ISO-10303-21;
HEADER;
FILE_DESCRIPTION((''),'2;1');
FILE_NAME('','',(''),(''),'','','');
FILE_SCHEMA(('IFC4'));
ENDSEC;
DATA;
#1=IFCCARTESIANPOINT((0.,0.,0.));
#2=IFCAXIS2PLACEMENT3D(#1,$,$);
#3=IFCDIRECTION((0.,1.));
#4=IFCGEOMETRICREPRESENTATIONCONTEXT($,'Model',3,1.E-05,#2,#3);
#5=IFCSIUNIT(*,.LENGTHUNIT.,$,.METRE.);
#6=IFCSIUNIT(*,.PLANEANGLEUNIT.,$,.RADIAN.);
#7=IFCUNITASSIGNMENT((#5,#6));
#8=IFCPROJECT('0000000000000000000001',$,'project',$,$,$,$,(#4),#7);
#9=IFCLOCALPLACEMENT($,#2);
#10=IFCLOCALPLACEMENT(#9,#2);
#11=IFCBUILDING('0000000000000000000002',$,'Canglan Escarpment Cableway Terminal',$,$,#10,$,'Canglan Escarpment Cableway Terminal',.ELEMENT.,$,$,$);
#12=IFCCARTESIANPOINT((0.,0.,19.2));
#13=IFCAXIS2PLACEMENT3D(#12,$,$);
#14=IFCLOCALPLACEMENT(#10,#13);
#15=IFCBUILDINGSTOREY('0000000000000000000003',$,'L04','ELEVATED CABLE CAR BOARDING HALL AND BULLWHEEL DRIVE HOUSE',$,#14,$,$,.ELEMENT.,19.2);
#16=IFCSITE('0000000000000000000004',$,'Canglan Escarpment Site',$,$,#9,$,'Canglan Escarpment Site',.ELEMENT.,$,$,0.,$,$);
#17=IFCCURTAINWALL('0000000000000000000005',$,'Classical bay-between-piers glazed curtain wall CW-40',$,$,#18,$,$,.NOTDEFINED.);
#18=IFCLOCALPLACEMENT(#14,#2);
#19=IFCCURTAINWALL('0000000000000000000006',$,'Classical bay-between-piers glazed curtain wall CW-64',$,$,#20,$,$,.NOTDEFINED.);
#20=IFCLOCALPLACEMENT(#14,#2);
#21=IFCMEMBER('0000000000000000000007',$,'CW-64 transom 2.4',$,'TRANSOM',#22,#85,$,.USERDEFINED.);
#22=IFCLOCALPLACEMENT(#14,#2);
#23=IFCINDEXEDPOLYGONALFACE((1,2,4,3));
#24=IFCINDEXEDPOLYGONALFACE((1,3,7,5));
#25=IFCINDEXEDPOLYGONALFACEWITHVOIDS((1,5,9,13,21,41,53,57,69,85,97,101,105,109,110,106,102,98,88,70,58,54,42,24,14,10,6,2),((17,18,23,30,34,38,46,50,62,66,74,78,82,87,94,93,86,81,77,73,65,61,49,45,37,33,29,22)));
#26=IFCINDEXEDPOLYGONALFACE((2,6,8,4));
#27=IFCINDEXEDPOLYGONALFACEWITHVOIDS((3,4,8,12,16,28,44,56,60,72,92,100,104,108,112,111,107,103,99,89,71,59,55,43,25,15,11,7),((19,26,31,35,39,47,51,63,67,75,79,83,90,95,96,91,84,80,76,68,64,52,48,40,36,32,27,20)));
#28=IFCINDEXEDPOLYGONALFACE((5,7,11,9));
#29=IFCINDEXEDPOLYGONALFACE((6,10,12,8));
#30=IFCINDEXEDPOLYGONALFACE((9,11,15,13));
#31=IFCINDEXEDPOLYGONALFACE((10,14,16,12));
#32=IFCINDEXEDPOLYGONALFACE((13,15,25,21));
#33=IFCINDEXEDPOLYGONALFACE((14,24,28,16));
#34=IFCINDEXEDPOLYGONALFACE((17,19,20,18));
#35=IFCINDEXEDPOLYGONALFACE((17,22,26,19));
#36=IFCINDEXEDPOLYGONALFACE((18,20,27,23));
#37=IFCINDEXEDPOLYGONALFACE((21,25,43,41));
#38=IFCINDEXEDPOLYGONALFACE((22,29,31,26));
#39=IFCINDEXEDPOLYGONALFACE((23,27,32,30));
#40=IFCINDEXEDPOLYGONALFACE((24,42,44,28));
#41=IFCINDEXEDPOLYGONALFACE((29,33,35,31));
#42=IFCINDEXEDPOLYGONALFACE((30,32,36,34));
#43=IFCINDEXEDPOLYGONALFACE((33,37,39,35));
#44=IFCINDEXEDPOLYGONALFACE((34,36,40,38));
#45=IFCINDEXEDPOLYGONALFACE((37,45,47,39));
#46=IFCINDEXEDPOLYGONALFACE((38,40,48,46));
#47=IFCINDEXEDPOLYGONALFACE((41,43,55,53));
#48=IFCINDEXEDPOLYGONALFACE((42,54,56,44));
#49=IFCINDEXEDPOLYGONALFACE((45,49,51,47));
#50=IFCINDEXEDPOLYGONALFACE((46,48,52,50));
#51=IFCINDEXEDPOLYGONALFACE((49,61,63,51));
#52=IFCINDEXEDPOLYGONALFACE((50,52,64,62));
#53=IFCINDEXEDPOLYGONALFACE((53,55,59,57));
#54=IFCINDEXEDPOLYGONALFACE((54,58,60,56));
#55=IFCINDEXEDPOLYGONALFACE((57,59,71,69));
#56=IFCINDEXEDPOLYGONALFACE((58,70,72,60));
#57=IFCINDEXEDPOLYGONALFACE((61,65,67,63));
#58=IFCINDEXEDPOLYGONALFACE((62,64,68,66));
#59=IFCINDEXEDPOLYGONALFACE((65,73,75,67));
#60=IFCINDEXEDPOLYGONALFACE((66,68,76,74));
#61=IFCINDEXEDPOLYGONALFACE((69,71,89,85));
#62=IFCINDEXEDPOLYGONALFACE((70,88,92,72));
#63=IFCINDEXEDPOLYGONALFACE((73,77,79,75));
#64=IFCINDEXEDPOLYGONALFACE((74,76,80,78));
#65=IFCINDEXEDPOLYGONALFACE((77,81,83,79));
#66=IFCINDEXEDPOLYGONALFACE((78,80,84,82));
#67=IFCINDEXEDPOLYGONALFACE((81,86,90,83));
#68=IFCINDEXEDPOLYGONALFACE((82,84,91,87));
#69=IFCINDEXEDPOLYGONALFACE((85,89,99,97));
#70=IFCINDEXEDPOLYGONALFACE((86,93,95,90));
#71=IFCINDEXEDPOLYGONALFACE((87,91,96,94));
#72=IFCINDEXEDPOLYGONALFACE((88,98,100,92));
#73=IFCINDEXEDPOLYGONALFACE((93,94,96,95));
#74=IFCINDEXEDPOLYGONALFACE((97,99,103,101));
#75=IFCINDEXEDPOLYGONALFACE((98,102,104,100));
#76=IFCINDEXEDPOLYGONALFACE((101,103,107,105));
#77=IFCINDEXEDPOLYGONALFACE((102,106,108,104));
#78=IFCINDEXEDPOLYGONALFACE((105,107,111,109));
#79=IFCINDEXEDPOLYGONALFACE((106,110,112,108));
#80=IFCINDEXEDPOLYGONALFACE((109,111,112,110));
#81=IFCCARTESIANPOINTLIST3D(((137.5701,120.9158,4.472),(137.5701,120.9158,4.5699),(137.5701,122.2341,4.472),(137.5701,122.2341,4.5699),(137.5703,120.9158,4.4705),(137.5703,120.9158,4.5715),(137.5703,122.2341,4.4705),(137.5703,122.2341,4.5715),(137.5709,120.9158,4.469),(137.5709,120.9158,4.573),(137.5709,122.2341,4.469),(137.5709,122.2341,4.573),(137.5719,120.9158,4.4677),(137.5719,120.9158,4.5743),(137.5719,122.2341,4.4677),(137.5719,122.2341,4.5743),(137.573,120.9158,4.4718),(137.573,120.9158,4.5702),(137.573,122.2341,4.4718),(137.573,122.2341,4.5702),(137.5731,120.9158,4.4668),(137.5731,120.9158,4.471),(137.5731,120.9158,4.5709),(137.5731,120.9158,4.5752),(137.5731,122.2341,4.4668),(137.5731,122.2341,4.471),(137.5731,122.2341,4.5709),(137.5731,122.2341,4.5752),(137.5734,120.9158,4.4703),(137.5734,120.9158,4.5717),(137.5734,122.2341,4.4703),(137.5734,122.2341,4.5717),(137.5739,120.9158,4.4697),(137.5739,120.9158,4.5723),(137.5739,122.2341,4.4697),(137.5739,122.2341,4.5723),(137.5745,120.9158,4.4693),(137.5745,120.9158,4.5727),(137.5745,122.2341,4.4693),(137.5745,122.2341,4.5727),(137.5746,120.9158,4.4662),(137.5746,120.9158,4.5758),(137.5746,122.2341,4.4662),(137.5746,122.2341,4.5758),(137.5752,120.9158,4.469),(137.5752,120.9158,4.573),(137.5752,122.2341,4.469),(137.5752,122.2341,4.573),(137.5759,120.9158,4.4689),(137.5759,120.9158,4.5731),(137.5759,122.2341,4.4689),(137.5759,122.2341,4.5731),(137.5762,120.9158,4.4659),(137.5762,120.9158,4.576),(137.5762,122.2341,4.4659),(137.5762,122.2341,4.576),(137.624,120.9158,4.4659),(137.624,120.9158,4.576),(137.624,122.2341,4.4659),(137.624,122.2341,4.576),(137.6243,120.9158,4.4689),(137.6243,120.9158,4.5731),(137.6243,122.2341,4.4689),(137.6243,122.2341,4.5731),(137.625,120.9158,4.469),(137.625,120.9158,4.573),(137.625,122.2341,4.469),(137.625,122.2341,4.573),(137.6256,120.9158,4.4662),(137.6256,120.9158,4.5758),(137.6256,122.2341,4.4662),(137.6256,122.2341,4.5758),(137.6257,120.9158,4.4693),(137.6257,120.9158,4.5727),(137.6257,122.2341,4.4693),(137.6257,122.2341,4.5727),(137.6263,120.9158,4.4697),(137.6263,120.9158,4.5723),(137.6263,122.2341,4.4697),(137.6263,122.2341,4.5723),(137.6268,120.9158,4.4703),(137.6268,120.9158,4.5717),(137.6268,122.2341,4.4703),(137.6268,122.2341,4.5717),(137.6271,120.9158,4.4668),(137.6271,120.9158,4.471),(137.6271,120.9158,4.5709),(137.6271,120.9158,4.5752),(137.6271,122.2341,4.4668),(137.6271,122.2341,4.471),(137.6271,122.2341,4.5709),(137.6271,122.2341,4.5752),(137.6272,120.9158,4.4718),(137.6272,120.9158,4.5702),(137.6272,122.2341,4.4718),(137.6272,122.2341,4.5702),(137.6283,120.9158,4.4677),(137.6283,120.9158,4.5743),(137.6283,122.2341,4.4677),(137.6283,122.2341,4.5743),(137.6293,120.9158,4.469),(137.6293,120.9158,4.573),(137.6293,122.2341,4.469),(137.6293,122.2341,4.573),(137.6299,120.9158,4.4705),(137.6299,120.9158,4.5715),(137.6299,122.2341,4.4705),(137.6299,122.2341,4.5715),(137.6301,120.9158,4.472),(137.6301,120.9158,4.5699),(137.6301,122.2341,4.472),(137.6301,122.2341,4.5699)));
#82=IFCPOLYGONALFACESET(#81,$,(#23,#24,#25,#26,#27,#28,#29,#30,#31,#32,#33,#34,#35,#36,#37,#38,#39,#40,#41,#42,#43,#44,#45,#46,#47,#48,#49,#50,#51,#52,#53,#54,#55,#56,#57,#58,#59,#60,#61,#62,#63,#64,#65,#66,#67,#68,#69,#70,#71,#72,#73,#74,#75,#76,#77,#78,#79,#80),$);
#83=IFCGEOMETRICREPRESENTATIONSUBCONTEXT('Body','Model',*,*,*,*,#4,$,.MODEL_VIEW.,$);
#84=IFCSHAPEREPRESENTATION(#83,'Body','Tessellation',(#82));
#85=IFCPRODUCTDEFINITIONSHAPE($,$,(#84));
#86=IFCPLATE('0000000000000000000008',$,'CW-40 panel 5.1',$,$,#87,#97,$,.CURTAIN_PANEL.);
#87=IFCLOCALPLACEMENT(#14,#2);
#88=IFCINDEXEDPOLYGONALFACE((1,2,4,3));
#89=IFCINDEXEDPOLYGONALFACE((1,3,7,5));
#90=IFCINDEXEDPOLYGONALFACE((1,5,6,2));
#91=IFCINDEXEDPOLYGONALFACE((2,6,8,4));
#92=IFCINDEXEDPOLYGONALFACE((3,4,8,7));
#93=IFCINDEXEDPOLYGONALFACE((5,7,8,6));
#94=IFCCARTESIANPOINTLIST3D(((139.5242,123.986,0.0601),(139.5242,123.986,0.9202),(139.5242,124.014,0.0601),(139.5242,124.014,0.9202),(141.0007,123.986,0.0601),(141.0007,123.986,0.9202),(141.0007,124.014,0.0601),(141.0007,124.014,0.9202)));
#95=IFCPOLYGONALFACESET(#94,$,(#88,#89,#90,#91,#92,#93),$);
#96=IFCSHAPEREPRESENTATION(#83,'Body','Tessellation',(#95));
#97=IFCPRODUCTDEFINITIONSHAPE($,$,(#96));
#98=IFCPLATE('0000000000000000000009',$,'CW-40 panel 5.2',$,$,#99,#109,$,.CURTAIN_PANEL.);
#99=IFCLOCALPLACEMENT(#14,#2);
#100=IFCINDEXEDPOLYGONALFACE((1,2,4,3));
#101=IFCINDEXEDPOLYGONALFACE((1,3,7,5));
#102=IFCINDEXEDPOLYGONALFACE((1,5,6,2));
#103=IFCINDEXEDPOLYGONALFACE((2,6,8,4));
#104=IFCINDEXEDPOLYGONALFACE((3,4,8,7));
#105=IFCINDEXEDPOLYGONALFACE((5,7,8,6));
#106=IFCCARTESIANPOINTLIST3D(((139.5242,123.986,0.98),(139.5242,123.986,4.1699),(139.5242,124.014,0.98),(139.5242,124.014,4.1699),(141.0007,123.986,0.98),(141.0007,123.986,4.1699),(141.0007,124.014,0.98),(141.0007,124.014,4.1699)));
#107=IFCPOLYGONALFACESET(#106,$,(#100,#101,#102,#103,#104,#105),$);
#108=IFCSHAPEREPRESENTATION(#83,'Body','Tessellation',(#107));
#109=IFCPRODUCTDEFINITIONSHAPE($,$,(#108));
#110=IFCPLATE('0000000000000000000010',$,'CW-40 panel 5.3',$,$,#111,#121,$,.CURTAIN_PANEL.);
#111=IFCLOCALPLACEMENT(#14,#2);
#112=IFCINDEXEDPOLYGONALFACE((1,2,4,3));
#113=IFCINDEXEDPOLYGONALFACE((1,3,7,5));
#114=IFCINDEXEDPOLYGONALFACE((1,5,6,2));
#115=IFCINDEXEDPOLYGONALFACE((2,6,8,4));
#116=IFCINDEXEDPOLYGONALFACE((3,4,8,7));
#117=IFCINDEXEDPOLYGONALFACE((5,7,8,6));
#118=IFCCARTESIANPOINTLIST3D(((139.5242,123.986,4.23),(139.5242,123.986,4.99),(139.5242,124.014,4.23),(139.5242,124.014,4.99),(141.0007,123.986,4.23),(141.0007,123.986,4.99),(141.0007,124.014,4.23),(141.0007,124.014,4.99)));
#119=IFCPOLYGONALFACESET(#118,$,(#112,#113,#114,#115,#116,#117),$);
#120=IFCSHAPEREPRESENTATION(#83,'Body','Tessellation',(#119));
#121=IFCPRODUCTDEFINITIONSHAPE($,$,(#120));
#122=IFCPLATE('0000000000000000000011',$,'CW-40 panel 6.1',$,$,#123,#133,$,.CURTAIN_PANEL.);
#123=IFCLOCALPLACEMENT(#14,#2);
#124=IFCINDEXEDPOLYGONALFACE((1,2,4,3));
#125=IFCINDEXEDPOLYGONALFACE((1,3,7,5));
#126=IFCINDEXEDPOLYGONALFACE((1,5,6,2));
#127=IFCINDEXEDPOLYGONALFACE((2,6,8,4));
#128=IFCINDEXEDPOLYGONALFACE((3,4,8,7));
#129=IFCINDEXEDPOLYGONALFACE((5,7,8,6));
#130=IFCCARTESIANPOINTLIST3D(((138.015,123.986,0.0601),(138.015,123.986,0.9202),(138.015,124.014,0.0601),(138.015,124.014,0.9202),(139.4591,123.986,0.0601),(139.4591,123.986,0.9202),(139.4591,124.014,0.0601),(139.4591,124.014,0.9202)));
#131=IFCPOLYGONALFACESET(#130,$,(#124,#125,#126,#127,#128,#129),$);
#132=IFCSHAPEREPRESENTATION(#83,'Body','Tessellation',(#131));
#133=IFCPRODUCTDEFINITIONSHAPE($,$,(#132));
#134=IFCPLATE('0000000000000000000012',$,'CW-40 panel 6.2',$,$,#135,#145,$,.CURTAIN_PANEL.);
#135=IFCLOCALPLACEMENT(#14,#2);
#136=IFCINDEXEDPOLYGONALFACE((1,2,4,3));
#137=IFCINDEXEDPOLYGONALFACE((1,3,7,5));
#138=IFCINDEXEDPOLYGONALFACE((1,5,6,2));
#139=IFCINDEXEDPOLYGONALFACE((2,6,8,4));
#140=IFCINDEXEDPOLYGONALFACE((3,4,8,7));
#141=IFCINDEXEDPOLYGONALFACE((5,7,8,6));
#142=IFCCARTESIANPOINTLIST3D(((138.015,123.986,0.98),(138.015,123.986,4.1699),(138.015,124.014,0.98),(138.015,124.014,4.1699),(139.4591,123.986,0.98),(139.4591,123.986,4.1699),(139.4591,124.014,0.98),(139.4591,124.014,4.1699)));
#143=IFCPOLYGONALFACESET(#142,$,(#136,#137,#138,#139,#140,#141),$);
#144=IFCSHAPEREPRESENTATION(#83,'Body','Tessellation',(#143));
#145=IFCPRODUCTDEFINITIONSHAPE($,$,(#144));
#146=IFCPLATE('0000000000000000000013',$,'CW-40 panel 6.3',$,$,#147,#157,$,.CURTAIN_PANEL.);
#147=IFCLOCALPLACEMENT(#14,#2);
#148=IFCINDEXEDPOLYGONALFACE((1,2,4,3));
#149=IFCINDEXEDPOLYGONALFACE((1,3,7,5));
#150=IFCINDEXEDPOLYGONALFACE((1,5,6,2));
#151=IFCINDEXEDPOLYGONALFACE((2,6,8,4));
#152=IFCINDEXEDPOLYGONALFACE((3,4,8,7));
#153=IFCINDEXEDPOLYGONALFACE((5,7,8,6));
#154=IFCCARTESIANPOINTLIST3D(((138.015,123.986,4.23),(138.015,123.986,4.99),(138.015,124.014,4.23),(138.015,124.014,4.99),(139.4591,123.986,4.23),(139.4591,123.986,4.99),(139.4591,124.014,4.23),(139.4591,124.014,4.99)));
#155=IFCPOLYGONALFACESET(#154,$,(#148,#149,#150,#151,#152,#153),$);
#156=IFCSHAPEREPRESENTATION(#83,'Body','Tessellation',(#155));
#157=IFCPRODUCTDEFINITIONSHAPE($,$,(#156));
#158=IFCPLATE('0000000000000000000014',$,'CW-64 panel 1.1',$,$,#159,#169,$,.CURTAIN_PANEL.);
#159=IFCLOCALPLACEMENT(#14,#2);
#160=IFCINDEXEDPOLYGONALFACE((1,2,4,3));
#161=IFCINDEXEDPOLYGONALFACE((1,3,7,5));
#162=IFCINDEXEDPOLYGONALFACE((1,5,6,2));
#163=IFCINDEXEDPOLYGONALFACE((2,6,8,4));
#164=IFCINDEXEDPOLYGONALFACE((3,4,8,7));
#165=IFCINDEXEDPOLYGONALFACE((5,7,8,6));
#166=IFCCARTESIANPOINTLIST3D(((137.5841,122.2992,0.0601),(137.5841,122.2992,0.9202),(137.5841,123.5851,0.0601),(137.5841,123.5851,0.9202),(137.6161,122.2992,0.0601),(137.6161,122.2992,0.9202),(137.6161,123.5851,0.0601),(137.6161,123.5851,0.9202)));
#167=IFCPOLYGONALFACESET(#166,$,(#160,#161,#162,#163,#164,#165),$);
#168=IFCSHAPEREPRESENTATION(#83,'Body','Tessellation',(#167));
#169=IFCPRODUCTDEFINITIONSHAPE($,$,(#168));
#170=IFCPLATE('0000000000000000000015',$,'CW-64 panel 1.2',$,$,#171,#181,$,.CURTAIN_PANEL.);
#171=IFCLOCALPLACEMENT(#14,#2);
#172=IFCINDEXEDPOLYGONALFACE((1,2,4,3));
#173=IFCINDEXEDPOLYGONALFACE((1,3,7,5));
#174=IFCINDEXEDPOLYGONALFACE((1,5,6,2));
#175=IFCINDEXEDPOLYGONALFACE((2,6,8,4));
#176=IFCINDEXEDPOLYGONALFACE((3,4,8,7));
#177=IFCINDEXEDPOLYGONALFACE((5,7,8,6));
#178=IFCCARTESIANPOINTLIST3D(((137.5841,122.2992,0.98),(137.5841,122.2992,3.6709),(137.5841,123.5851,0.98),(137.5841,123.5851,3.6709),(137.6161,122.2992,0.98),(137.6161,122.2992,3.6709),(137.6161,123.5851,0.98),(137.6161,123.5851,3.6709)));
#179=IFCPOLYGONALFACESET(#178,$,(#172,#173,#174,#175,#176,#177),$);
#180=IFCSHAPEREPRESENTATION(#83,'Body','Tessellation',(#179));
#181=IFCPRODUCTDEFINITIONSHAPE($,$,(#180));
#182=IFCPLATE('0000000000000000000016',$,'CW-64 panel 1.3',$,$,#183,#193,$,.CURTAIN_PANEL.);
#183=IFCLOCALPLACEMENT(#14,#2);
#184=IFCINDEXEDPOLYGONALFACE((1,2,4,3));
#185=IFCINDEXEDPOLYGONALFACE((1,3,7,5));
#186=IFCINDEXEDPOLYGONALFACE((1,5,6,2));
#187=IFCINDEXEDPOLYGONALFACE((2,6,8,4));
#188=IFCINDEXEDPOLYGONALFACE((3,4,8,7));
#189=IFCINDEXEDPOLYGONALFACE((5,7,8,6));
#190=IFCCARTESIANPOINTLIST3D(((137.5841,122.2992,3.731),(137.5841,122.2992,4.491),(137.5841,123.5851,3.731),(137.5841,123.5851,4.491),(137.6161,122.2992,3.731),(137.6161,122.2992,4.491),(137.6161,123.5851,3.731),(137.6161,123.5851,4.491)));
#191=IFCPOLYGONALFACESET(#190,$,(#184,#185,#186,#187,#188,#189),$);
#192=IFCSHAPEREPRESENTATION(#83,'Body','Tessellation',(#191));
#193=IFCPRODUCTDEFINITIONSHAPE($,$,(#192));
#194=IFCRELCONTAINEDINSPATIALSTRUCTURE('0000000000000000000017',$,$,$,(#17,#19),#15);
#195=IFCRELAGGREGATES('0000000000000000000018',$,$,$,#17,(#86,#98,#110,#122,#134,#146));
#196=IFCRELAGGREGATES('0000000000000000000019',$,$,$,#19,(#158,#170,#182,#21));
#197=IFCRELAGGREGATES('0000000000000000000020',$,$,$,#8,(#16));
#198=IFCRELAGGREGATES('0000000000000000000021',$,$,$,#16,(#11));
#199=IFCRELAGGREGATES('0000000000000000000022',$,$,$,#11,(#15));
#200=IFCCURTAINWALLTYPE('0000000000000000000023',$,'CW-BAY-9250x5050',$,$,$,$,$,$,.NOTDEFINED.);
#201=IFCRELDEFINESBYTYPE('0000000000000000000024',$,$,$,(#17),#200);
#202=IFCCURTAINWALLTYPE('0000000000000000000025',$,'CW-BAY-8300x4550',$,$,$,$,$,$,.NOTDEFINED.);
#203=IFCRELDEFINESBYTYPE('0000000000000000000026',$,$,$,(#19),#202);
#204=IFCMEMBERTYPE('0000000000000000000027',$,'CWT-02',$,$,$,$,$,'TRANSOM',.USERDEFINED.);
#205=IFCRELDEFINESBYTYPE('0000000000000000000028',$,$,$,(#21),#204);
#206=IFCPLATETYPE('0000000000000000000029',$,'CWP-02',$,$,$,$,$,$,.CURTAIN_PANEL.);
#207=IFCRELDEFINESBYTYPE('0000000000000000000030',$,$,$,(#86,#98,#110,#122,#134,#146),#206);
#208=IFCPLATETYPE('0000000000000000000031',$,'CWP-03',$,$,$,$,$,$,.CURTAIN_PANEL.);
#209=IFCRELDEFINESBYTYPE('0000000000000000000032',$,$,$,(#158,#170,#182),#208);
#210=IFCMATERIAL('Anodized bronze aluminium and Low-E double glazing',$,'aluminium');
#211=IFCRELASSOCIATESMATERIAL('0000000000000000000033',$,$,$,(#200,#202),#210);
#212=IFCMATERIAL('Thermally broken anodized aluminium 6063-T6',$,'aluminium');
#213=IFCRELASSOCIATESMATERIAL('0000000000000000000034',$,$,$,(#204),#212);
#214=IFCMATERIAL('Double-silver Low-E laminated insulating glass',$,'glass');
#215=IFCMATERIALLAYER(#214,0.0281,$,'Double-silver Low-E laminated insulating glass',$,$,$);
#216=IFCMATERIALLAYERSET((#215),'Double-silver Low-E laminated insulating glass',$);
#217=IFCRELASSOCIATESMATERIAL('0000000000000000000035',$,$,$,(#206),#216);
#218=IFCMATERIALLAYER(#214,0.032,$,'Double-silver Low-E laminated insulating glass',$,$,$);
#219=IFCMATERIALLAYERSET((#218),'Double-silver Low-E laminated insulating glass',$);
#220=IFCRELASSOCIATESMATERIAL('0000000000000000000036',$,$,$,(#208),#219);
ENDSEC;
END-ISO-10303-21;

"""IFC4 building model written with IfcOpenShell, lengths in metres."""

from ifc_helpers import new_model, si_unit, direction, frame, origin, origin_2d, place, context, subcontext, project, spatial, rectangle, hollow_rectangle, extrude, material, layer, layer_set, material_profile, profile_set, type_object, element, aggregate, save


model = new_model("IFC4")

# Units and contexts
model_context = context("Model", 3, precision=1e-05, world=origin(), true_north=direction((0.0, 1.0)))
body_context = subcontext(model_context, "Body", "Model", "MODEL_VIEW")
ifc_project = project(units=[si_unit("LENGTHUNIT", "METRE"), si_unit("PLANEANGLEUNIT", "RADIAN")], contexts=[model_context])

# Site, building, storey
site_placement = place(None, origin())
site = spatial("IfcSite", under=ifc_project, at=site_placement, Name="Canglan Escarpment Site", LongName="Canglan Escarpment Site", CompositionType="ELEMENT", RefElevation=0.0)
building_placement = place(site_placement, origin())
building = spatial("IfcBuilding", under=site, at=building_placement, Name="Canglan Escarpment Cableway Terminal", LongName="Canglan Escarpment Cableway Terminal", CompositionType="ELEMENT")
storey_placement = place(building_placement, frame((0.0, 0.0, 19.2)))
storey = spatial("IfcBuildingStorey", under=building, at=storey_placement, Name="L04", Description="ELEVATED CABLE CAR BOARDING HALL AND BULLWHEEL DRIVE HOUSE", CompositionType="ELEMENT", Elevation=19.2)

# Curtain walls
ifc_material_1 = material(Name="Anodized bronze aluminium and Low-E double glazing", Category="aluminium")
curtain_wall_type_1 = type_object("IfcCurtainWallType", Name="CW-BAY-9250x5050", PredefinedType="NOTDEFINED", material=ifc_material_1)
curtain_wall_1_placement = place(storey_placement, origin())
curtain_wall_1 = element("IfcCurtainWall", 1, at=curtain_wall_1_placement, inside=storey, type_object=curtain_wall_type_1, Name="Classical bay-between-piers glazed curtain wall CW-40", PredefinedType="NOTDEFINED")
ifc_material_2 = material(Name="Thermally broken anodized aluminium 6063-T6", Category="aluminium")
curtain_wall_type_2 = type_object("IfcCurtainWallType", Name="CW-BAY-8300x4550", PredefinedType="NOTDEFINED", material=ifc_material_1)
curtain_wall_2_placement = place(storey_placement, origin())
curtain_wall_2 = element("IfcCurtainWall", 2, at=curtain_wall_2_placement, inside=storey, type_object=curtain_wall_type_2, Name="Classical bay-between-piers glazed curtain wall CW-64", PredefinedType="NOTDEFINED")

# Member
ifc_material_profile_1 = material_profile(ifc_material_2, hollow_rectangle(XDim=0.0601, YDim=0.1101, WallThickness=0.0029, InnerFilletRadius=0.0029, OuterFilletRadius=0.0061, at=origin_2d()), Name="ALU-TRAN 60x110x3")
ifc_profile_set_1 = profile_set([ifc_material_profile_1], Name="Thermally broken anodized aluminium 6063-T6")
member_type_1 = type_object("IfcMemberType", Name="CWT-02", ElementType="TRANSOM", PredefinedType="USERDEFINED", material=ifc_profile_set_1)
member_1_placement = place(storey_placement, frame((137.6001, 122.2341, 4.521), z_axis=(0.0, -1.0, 0.0), x_axis=(1.0, 0.0, 0.0)))
member_1 = element("IfcMember", 3, at=member_1_placement, type_object=member_type_1, Name="CW-64 transom 2.4", ObjectType="TRANSOM", PredefinedType="USERDEFINED", context=body_context, shape_type="SweptSolid", body=[
    extrude(hollow_rectangle(XDim=0.0601, YDim=0.1101, WallThickness=0.0029, InnerFilletRadius=0.0029, OuterFilletRadius=0.0061, at=origin_2d()), origin(), (0.0, 0.0, 1.0), 1.3184),
])

# Plates
ifc_material_3 = material(Name="Double-silver Low-E laminated insulating glass", Category="glass")
ifc_layer_1 = layer(ifc_material_3, 0.0281, Name="Double-silver Low-E laminated insulating glass")
ifc_layer_set_1 = layer_set([ifc_layer_1], Name="Double-silver Low-E laminated insulating glass")
plate_type_1 = type_object("IfcPlateType", Name="CWP-02", PredefinedType="CURTAIN_PANEL", material=ifc_layer_set_1)
plate_1_placement = place(storey_placement, frame((140.2625, 124.0, 0.0601), z_axis=(0.0, 0.0, 1.0), x_axis=(-1.0, 0.0, 0.0)))
plate_1 = element("IfcPlate", 4, at=plate_1_placement, type_object=plate_type_1, Name="CW-40 panel 5.1", PredefinedType="CURTAIN_PANEL", context=body_context, shape_type="SweptSolid", body=[
    extrude(rectangle(XDim=1.4766, YDim=0.0281, at=origin_2d()), origin(), (0.0, 0.0, 1.0), 0.8601),
])
plate_2_placement = place(storey_placement, frame((140.2625, 124.0, 0.98), z_axis=(0.0, 0.0, 1.0), x_axis=(-1.0, 0.0, 0.0)))
plate_2 = element("IfcPlate", 5, at=plate_2_placement, type_object=plate_type_1, Name="CW-40 panel 5.2", PredefinedType="CURTAIN_PANEL", context=body_context, shape_type="SweptSolid", body=[
    extrude(rectangle(XDim=1.4766, YDim=0.0281, at=origin_2d()), origin(), (0.0, 0.0, 1.0), 3.1899),
])
plate_3_placement = place(storey_placement, frame((140.2625, 124.0, 4.23), z_axis=(0.0, 0.0, 1.0), x_axis=(-1.0, 0.0, 0.0)))
plate_3 = element("IfcPlate", 6, at=plate_3_placement, type_object=plate_type_1, Name="CW-40 panel 5.3", PredefinedType="CURTAIN_PANEL", context=body_context, shape_type="SweptSolid", body=[
    extrude(rectangle(XDim=1.4766, YDim=0.0281, at=origin_2d()), origin(), (0.0, 0.0, 1.0), 0.76),
])
plate_4_placement = place(storey_placement, frame((138.7371, 124.0, 0.0601), z_axis=(0.0, 0.0, 1.0), x_axis=(-1.0, 0.0, 0.0)))
plate_4 = element("IfcPlate", 7, at=plate_4_placement, type_object=plate_type_1, Name="CW-40 panel 6.1", PredefinedType="CURTAIN_PANEL", context=body_context, shape_type="SweptSolid", body=[
    extrude(rectangle(XDim=1.4441, YDim=0.0281, at=origin_2d()), origin(), (0.0, 0.0, 1.0), 0.8601),
])
plate_5_placement = place(storey_placement, frame((138.7371, 124.0, 0.98), z_axis=(0.0, 0.0, 1.0), x_axis=(-1.0, 0.0, 0.0)))
plate_5 = element("IfcPlate", 8, at=plate_5_placement, type_object=plate_type_1, Name="CW-40 panel 6.2", PredefinedType="CURTAIN_PANEL", context=body_context, shape_type="SweptSolid", body=[
    extrude(rectangle(XDim=1.4441, YDim=0.0281, at=origin_2d()), origin(), (0.0, 0.0, 1.0), 3.1899),
])
plate_6_placement = place(storey_placement, frame((138.7371, 124.0, 4.23), z_axis=(0.0, 0.0, 1.0), x_axis=(-1.0, 0.0, 0.0)))
plate_6 = element("IfcPlate", 9, at=plate_6_placement, type_object=plate_type_1, Name="CW-40 panel 6.3", PredefinedType="CURTAIN_PANEL", context=body_context, shape_type="SweptSolid", body=[
    extrude(rectangle(XDim=1.4441, YDim=0.0281, at=origin_2d()), origin(), (0.0, 0.0, 1.0), 0.76),
])
aggregate(curtain_wall_1, [plate_1, plate_2, plate_3, plate_4, plate_5, plate_6])
ifc_layer_2 = layer(ifc_material_3, 0.032, Name="Double-silver Low-E laminated insulating glass")
ifc_layer_set_2 = layer_set([ifc_layer_2], Name="Double-silver Low-E laminated insulating glass")
plate_type_2 = type_object("IfcPlateType", Name="CWP-03", PredefinedType="CURTAIN_PANEL", material=ifc_layer_set_2)
plate_7_placement = place(storey_placement, frame((137.6001, 122.9421, 0.0601), z_axis=(0.0, 0.0, 1.0), x_axis=(0.0, -1.0, 0.0)))
plate_7 = element("IfcPlate", 10, at=plate_7_placement, type_object=plate_type_2, Name="CW-64 panel 1.1", PredefinedType="CURTAIN_PANEL", context=body_context, shape_type="SweptSolid", body=[
    extrude(rectangle(XDim=1.2859, YDim=0.032, at=origin_2d()), origin(), (0.0, 0.0, 1.0), 0.8601),
])
plate_8_placement = place(storey_placement, frame((137.6001, 122.9421, 0.98), z_axis=(0.0, 0.0, 1.0), x_axis=(0.0, -1.0, 0.0)))
plate_8 = element("IfcPlate", 11, at=plate_8_placement, type_object=plate_type_2, Name="CW-64 panel 1.2", PredefinedType="CURTAIN_PANEL", context=body_context, shape_type="SweptSolid", body=[
    extrude(rectangle(XDim=1.2859, YDim=0.032, at=origin_2d()), origin(), (0.0, 0.0, 1.0), 2.6909),
])
plate_9_placement = place(storey_placement, frame((137.6001, 122.9421, 3.731), z_axis=(0.0, 0.0, 1.0), x_axis=(0.0, -1.0, 0.0)))
plate_9 = element("IfcPlate", 12, at=plate_9_placement, type_object=plate_type_2, Name="CW-64 panel 1.3", PredefinedType="CURTAIN_PANEL", context=body_context, shape_type="SweptSolid", body=[
    extrude(rectangle(XDim=1.2859, YDim=0.032, at=origin_2d()), origin(), (0.0, 0.0, 1.0), 0.76),
])
aggregate(curtain_wall_2, [plate_7, plate_8, plate_9, member_1])

save(model, "model.ifc")
